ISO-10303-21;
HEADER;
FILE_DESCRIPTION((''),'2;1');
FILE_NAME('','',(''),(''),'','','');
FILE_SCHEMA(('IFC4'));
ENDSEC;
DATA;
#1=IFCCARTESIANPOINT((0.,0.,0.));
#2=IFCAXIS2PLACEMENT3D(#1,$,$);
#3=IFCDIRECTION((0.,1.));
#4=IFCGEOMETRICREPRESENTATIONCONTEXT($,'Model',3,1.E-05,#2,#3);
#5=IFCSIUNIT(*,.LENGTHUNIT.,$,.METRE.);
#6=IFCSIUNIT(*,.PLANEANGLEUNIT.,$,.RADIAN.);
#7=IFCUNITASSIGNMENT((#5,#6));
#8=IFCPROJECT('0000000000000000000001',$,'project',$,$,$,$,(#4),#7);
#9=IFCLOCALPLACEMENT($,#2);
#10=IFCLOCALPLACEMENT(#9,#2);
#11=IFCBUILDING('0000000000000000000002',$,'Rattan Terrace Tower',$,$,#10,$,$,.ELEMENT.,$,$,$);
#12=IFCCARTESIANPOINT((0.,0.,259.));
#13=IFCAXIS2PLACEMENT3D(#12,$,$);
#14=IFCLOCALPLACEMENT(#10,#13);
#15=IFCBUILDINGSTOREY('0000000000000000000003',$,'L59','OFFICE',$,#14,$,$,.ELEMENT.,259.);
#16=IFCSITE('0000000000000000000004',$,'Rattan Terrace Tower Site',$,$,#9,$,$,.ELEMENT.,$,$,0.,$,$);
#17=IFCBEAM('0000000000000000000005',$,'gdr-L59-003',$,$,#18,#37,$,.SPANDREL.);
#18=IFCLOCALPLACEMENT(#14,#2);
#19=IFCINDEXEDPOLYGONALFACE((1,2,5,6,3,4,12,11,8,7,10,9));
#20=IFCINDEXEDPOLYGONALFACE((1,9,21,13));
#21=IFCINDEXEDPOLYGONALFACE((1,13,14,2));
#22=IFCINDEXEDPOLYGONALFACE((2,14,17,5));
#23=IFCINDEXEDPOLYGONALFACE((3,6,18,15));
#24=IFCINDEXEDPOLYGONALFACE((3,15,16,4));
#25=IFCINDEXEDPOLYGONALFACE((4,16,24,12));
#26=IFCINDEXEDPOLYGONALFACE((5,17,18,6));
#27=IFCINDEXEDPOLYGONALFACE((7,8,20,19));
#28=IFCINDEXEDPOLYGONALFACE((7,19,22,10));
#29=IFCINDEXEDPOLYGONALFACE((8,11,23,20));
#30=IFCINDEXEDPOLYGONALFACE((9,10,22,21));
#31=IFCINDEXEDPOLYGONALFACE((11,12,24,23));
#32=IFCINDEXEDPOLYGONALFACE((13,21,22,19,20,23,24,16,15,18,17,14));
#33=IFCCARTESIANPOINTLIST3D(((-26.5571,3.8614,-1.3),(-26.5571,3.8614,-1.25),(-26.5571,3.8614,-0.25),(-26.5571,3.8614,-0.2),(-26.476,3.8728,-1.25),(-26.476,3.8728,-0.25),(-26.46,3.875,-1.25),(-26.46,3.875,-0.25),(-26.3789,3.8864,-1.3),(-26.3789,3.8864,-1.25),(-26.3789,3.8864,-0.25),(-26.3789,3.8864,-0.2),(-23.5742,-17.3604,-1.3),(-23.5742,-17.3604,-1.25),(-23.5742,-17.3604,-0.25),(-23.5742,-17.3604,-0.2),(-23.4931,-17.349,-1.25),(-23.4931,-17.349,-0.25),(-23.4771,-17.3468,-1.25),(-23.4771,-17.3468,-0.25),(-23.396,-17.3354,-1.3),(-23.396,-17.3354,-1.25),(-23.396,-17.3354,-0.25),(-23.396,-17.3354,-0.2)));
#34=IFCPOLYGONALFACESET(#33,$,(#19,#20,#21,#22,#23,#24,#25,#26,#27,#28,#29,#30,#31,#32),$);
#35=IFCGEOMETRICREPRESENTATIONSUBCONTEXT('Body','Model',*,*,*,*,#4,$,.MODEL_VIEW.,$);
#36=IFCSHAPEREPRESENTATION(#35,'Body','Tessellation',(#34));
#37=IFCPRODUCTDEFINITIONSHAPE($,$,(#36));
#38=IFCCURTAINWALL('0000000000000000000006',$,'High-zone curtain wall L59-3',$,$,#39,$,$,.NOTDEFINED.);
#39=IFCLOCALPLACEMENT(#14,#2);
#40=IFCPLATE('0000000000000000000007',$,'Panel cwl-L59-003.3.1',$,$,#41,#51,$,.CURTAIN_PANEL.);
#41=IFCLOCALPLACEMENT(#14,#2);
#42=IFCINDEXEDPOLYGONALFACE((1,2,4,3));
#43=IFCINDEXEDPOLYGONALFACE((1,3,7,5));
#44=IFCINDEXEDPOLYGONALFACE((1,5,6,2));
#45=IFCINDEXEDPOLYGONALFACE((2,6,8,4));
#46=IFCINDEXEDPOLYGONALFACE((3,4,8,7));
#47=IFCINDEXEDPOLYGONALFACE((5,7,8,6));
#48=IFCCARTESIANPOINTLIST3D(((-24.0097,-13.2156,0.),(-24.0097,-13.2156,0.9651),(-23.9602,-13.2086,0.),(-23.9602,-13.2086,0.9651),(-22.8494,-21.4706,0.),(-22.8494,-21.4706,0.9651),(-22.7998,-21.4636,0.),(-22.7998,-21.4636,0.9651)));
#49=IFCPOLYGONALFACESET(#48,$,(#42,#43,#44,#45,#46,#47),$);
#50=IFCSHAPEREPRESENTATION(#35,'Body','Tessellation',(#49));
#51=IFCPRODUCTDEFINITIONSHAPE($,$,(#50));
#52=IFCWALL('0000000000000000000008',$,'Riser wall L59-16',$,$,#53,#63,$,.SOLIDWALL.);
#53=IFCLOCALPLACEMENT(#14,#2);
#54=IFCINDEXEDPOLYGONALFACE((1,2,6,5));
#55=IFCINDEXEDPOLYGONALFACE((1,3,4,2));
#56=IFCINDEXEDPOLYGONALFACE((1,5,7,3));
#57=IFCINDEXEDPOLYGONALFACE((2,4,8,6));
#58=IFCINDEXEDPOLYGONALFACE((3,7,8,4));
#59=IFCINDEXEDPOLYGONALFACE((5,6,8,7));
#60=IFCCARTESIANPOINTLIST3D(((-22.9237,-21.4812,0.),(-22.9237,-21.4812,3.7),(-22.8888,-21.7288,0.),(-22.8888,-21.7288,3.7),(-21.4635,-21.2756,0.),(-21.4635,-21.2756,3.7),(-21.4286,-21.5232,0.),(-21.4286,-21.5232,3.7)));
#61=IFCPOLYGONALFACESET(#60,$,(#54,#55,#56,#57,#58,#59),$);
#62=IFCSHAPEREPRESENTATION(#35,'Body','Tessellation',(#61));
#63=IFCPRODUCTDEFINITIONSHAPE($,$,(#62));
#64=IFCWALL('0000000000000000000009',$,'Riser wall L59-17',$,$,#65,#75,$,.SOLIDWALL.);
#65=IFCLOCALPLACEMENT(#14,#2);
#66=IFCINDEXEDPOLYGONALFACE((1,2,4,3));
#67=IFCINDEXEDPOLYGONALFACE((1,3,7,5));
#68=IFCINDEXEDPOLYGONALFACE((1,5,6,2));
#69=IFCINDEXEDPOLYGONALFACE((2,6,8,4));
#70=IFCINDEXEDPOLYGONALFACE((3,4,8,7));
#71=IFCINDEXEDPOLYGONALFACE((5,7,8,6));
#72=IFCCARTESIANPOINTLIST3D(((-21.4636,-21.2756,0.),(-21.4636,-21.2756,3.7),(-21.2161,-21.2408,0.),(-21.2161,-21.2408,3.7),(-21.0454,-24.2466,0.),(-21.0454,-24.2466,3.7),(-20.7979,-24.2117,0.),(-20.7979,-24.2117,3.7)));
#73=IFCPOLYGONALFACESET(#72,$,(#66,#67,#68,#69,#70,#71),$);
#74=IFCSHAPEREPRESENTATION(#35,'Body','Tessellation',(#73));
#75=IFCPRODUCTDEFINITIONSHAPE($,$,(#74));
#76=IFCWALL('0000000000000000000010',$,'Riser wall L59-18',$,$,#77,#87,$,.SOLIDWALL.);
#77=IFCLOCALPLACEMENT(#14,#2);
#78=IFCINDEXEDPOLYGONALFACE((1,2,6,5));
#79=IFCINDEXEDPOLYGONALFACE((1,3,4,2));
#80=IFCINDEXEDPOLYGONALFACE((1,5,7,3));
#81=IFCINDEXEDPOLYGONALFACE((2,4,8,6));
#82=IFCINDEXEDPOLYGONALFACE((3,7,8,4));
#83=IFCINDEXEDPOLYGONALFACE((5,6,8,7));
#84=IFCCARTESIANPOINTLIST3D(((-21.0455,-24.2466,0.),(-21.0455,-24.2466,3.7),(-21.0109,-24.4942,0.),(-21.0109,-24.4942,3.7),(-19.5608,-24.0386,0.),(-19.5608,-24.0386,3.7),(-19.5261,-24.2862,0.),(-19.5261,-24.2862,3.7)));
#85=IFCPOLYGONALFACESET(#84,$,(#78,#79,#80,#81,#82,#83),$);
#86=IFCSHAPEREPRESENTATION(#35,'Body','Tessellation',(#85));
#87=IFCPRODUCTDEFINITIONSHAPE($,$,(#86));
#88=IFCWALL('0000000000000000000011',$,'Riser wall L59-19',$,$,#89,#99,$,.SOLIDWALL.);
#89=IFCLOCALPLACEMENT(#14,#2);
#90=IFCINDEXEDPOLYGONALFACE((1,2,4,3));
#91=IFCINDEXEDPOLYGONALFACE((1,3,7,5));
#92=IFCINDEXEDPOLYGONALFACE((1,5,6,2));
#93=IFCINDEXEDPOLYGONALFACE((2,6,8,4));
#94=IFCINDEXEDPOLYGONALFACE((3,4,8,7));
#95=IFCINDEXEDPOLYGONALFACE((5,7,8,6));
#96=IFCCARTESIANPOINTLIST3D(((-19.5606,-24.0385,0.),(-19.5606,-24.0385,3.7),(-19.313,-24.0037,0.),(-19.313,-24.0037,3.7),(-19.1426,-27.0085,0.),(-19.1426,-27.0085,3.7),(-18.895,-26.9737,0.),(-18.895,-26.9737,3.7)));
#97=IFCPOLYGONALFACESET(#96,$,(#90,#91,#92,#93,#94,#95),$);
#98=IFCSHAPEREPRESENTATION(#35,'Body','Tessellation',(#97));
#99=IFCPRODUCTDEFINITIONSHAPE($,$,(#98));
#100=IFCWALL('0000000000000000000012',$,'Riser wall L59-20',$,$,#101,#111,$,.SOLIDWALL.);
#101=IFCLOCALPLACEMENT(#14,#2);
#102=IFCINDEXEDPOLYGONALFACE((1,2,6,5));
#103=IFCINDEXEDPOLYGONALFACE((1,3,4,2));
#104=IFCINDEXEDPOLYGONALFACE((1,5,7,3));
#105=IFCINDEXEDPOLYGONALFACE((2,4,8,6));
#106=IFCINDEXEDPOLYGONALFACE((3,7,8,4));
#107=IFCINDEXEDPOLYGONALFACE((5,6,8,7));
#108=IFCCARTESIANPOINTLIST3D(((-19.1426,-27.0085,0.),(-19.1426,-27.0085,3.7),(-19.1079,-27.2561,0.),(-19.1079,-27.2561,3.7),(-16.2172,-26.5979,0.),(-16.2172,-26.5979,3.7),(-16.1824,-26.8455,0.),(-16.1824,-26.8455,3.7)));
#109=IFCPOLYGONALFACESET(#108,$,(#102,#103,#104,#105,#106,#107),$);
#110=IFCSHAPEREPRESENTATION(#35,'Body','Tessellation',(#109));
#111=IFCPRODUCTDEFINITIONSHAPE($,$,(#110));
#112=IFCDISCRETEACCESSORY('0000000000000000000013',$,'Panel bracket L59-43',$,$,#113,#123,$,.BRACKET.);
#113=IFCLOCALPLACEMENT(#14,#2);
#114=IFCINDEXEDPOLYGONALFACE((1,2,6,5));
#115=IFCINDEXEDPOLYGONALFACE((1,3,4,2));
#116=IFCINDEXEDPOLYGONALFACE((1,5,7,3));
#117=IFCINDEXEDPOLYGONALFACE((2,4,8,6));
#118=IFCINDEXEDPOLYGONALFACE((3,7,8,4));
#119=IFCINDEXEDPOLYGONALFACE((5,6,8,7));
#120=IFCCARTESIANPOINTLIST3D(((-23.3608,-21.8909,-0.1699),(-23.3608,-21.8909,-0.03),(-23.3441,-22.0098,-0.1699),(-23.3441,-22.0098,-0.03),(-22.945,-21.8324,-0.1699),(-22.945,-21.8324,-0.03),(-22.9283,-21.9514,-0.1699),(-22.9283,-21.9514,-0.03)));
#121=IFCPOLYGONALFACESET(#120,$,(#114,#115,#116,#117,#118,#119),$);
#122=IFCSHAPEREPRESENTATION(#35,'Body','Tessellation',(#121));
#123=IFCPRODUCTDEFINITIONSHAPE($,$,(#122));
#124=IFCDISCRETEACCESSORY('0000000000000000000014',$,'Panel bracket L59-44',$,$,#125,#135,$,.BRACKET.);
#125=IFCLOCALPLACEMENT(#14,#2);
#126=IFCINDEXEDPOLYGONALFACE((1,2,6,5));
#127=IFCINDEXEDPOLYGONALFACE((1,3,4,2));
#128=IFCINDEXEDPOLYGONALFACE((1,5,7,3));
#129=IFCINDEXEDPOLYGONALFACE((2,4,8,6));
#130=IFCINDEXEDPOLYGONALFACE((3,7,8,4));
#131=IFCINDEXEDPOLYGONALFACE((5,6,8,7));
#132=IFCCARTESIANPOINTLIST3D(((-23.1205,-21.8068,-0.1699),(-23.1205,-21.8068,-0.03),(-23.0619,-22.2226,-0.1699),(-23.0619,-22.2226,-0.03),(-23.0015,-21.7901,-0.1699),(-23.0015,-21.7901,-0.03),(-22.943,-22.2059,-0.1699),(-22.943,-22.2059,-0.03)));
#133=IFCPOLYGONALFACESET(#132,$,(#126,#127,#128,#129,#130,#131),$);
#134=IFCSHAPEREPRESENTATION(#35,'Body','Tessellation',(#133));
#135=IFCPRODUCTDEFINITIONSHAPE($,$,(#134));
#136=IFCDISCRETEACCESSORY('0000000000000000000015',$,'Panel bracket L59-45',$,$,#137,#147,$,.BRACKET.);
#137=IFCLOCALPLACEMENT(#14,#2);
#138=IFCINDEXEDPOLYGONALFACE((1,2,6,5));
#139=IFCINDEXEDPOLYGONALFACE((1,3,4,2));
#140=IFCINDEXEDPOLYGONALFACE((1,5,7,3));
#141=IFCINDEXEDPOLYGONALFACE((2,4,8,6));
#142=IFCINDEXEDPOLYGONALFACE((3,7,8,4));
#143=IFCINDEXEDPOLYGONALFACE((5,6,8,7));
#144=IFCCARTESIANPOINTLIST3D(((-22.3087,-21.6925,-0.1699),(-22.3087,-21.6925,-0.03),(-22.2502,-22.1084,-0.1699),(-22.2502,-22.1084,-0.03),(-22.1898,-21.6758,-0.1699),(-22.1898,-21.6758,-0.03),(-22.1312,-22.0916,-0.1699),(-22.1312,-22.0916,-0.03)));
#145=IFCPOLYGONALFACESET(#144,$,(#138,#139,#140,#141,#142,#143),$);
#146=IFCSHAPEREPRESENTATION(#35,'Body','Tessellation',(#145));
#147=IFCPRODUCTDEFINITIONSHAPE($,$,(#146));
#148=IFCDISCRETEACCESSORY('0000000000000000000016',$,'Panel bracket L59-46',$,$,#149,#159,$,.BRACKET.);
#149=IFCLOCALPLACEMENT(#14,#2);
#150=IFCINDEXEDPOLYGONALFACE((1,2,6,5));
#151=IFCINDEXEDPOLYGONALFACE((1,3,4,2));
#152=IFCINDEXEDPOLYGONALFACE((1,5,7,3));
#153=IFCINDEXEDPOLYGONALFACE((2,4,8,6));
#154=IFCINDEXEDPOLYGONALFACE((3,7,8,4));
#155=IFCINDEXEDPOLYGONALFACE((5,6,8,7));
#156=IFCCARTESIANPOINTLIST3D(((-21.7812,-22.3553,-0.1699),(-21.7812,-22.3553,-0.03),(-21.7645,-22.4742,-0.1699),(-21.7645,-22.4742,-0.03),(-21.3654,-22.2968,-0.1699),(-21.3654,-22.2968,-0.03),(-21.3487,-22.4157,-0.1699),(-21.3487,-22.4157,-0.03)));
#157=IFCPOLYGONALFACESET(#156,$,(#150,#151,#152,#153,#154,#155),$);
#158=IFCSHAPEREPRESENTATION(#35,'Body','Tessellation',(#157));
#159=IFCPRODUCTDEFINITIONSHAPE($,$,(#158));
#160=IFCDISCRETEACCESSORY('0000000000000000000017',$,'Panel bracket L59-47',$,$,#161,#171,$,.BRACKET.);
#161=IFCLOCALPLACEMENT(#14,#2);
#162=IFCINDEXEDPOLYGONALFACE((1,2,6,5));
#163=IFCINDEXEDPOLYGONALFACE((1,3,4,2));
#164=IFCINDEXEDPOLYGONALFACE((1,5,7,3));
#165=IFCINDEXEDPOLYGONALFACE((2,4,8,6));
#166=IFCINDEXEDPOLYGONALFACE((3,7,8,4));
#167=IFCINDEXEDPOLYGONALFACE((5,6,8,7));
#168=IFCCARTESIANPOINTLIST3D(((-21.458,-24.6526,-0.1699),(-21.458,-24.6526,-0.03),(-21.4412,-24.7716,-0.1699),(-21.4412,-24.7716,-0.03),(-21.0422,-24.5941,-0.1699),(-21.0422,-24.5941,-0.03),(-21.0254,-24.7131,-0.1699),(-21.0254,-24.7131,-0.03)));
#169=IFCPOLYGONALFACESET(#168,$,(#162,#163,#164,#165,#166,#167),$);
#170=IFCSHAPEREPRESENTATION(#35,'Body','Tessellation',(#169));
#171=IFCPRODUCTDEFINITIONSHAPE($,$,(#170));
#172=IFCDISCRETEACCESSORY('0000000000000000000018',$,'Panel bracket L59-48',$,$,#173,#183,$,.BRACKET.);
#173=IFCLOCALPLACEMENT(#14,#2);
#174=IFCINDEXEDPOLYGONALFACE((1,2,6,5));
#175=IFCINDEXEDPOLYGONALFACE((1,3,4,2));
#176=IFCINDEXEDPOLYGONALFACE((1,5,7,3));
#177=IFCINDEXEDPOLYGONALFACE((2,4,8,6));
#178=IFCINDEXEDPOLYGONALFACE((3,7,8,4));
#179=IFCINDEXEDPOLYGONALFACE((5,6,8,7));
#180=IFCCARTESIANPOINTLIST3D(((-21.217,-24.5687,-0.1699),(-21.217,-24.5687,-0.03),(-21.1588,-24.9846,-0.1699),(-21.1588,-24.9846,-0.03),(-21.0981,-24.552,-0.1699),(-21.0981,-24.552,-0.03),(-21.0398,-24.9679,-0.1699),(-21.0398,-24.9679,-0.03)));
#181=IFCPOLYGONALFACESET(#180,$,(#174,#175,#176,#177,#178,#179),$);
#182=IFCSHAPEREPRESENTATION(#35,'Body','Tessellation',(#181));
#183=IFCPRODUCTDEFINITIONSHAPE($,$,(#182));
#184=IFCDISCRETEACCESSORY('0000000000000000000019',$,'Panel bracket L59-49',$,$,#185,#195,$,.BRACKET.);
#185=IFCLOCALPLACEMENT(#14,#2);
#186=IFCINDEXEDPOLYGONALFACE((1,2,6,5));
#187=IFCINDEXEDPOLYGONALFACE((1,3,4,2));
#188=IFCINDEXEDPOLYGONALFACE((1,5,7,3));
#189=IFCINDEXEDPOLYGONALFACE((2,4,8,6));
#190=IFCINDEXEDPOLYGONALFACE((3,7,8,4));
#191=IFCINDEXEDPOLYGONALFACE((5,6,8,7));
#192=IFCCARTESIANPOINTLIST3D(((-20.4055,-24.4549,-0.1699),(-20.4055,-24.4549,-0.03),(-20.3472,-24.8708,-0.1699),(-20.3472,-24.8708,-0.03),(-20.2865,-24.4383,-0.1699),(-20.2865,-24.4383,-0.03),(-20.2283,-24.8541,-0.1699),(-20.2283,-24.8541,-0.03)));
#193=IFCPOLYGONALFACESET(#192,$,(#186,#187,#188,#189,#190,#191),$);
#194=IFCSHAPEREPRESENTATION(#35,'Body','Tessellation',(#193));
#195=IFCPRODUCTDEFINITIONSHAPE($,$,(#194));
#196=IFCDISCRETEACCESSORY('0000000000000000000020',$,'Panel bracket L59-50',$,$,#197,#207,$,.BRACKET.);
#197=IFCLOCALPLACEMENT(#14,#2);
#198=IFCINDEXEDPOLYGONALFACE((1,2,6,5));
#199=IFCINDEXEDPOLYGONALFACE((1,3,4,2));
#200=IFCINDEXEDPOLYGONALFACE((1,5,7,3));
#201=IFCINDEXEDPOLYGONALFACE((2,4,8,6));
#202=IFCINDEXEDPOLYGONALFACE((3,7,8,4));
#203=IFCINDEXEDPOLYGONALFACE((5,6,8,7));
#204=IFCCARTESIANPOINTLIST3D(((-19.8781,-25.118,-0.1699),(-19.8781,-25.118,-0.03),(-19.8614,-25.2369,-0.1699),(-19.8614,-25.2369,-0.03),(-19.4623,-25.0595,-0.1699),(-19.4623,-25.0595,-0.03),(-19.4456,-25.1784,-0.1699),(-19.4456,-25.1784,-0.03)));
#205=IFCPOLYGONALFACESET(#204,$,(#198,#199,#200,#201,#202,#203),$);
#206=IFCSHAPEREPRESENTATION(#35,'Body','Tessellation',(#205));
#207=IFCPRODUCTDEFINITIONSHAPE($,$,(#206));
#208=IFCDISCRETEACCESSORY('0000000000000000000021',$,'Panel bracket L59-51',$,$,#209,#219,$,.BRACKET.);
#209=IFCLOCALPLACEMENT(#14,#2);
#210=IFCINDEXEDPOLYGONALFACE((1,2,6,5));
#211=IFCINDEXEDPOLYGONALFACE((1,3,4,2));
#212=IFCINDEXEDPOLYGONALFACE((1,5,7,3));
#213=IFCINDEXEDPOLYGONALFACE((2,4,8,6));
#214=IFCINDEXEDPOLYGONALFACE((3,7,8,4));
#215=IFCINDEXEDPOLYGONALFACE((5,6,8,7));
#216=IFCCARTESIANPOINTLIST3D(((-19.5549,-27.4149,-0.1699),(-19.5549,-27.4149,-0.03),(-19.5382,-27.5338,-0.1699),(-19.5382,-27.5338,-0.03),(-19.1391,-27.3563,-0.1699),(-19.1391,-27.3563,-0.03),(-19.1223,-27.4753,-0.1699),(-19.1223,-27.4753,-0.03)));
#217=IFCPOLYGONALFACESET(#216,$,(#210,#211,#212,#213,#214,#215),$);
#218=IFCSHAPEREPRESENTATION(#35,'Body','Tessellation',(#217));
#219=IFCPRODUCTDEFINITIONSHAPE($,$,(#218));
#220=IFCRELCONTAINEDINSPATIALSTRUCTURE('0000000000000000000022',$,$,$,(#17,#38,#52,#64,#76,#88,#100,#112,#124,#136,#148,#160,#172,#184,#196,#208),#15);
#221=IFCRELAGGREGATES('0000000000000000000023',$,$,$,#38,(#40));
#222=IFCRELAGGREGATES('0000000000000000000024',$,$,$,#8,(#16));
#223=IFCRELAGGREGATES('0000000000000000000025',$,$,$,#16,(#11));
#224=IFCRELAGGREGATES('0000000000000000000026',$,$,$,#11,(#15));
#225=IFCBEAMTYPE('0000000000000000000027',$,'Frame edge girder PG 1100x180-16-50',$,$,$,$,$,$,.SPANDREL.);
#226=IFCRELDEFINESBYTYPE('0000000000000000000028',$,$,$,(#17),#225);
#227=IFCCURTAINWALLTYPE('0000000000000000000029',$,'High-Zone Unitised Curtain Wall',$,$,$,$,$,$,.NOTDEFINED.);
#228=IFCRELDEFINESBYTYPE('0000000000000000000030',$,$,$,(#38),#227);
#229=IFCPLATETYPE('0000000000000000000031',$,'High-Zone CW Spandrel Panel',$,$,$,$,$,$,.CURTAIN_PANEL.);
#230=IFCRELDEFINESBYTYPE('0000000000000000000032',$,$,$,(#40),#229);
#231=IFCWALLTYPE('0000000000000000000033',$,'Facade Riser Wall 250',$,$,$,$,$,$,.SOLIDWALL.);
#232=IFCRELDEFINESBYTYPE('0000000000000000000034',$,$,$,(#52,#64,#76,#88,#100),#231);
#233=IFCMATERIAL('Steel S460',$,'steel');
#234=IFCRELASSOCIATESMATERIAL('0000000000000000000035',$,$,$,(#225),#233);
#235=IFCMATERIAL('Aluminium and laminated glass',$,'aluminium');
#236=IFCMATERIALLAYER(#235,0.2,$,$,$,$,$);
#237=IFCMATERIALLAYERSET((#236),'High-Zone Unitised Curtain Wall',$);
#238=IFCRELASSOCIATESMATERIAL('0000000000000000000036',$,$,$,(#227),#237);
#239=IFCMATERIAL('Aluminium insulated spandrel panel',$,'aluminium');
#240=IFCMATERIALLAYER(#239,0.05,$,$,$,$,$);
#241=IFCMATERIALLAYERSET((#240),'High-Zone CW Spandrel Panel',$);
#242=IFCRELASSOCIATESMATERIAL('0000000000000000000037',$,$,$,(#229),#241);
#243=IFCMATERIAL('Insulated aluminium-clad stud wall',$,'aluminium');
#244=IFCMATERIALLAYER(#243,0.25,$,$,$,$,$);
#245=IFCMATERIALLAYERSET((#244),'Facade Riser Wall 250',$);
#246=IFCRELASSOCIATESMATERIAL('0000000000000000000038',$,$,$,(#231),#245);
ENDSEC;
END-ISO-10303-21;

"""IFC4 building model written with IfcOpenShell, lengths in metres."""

from ifc_helpers import new_model, si_unit, direction, frame, frame_2d, origin, origin_2d, place, context, subcontext, project, spatial, rectangle, i_section, extrude, material, layer, layer_set, material_profile, profile_set, type_object, element, aggregate, save


model = new_model("IFC4")

# Units and contexts
model_context = context("Model", 3, precision=1e-05, world=origin(), true_north=direction((0.0, 1.0)))
body_context = subcontext(model_context, "Body", "Model", "MODEL_VIEW")
ifc_project = project(units=[si_unit("LENGTHUNIT", "METRE"), si_unit("PLANEANGLEUNIT", "RADIAN")], contexts=[model_context])

# Site, building, storey
site_placement = place(None, origin())
site = spatial("IfcSite", under=ifc_project, at=site_placement, Name="Rattan Terrace Tower Site", CompositionType="ELEMENT", RefElevation=0.0)
building_placement = place(site_placement, origin())
building = spatial("IfcBuilding", under=site, at=building_placement, Name="Rattan Terrace Tower", CompositionType="ELEMENT")
storey_placement = place(building_placement, frame((0.0, 0.0, 259.0)))
storey = spatial("IfcBuildingStorey", under=building, at=storey_placement, Name="L59", Description="OFFICE", CompositionType="ELEMENT", Elevation=259.0)

# Beam
ifc_material_1 = material(Name="Steel S460", Category="steel")
ifc_material_profile = material_profile(ifc_material_1, i_section(OverallWidth=0.1799, OverallDepth=1.1001, WebThickness=0.0161, FlangeThickness=0.05, at=origin_2d()), Name="PG 1100x180-16-50")
ifc_profile_set = profile_set([ifc_material_profile], Name="Steel S460")
beam_type = type_object("IfcBeamType", Name="Frame edge girder PG 1100x180-16-50", PredefinedType="SPANDREL", material=ifc_profile_set)
beam_placement = place(storey_placement, frame((-23.4851, -17.3479, -0.75), z_axis=(-0.13919, 0.990266, 0.0), x_axis=(-0.990266, -0.13919, 0.0)))
element("IfcBeam", 1, at=beam_placement, inside=storey, type_object=beam_type, Name="gdr-L59-003", PredefinedType="SPANDREL", context=body_context, shape_type="SweptSolid", body=[
    extrude(i_section(OverallWidth=0.1799, OverallDepth=1.1001, WebThickness=0.0161, FlangeThickness=0.05, at=origin_2d()), origin(), (0.0, 0.0, 1.0), 21.4304),
])

# Curtain wall, plate
ifc_material_2 = material(Name="Aluminium and laminated glass", Category="aluminium")
ifc_layer_1 = layer(ifc_material_2, 0.2)
ifc_layer_set_1 = layer_set([ifc_layer_1], Name="High-Zone Unitised Curtain Wall")
curtain_wall_type = type_object("IfcCurtainWallType", Name="High-Zone Unitised Curtain Wall", PredefinedType="NOTDEFINED", material=ifc_layer_set_1)
curtain_wall_placement = place(storey_placement, origin())
curtain_wall = element("IfcCurtainWall", 2, at=curtain_wall_placement, inside=storey, type_object=curtain_wall_type, Name="High-zone curtain wall L59-3", PredefinedType="NOTDEFINED")
ifc_material_3 = material(Name="Aluminium insulated spandrel panel", Category="aluminium")
ifc_layer_2 = layer(ifc_material_3, 0.05)
ifc_layer_set_2 = layer_set([ifc_layer_2], Name="High-Zone CW Spandrel Panel")
plate_type = type_object("IfcPlateType", Name="High-Zone CW Spandrel Panel", PredefinedType="CURTAIN_PANEL", material=ifc_layer_set_2)
plate_placement = place(storey_placement, frame((-23.4048, -17.3396, 0.0), z_axis=(0.0, 0.0, 1.0), x_axis=(0.139192, -0.990265, 0.0)))
plate = element("IfcPlate", 3, at=plate_placement, type_object=plate_type, Name="Panel cwl-L59-003.3.1", PredefinedType="CURTAIN_PANEL", context=body_context, shape_type="SweptSolid", body=[
    extrude(rectangle(XDim=8.3362, YDim=0.05, at=origin_2d()), origin(), (0.0, 0.0, 1.0), 0.9651),
])
aggregate(curtain_wall, [plate])

# Walls
ifc_material_4 = material(Name="Insulated aluminium-clad stud wall", Category="aluminium")
ifc_layer_3 = layer(ifc_material_4, 0.25)
ifc_layer_set_3 = layer_set([ifc_layer_3], Name="Facade Riser Wall 250")
wall_type = type_object("IfcWallType", Name="Facade Riser Wall 250", PredefinedType="SOLIDWALL", material=ifc_layer_set_3)
wall_1_placement = place(storey_placement, frame((-22.9062, -21.605, 0.0), z_axis=(0.0, 0.0, 1.0), x_axis=(0.990236, 0.139404, 0.0)))
element("IfcWall", 4, at=wall_1_placement, inside=storey, type_object=wall_type, Name="Riser wall L59-16", PredefinedType="SOLIDWALL", context=body_context, shape_type="SweptSolid", body=[
    extrude(rectangle(XDim=1.4746, YDim=0.25, at=frame_2d((0.7373, 0.0))), origin(), (0.0, 0.0, 1.0), 3.7),
])
wall_2_placement = place(storey_placement, frame((-21.3398, -21.2583, 0.0), z_axis=(0.0, 0.0, 1.0), x_axis=(0.139393, -0.990237, 0.0)))
element("IfcWall", 5, at=wall_2_placement, inside=storey, type_object=wall_type, Name="Riser wall L59-17", PredefinedType="SOLIDWALL", context=body_context, shape_type="SweptSolid", body=[
    extrude(rectangle(XDim=3.0002, YDim=0.25, at=frame_2d((1.5, 0.0))), origin(), (0.0, 0.0, 1.0), 3.7),
])
wall_3_placement = place(storey_placement, frame((-21.0281, -24.3704, 0.0), z_axis=(0.0, 0.0, 1.0), x_axis=(0.99033, 0.138731, 0.0)))
element("IfcWall", 6, at=wall_3_placement, inside=storey, type_object=wall_type, Name="Riser wall L59-18", PredefinedType="SOLIDWALL", context=body_context, shape_type="SweptSolid", body=[
    extrude(rectangle(XDim=1.4993, YDim=0.25, at=frame_2d((0.7495, 0.0))), origin(), (0.0, 0.0, 1.0), 3.7),
])
wall_4_placement = place(storey_placement, frame((-19.4368, -24.0212, 0.0), z_axis=(0.0, 0.0, 1.0), x_axis=(0.139358, -0.990242, 0.0)))
element("IfcWall", 7, at=wall_4_placement, inside=storey, type_object=wall_type, Name="Riser wall L59-19", PredefinedType="SOLIDWALL", context=body_context, shape_type="SweptSolid", body=[
    extrude(rectangle(XDim=2.9993, YDim=0.25, at=frame_2d((1.4995, 0.0))), origin(), (0.0, 0.0, 1.0), 3.7),
])
wall_5_placement = place(storey_placement, frame((-19.1252, -27.1323, 0.0), z_axis=(0.0, 0.0, 1.0), x_axis=(0.990292, 0.139003, 0.0)))
element("IfcWall", 8, at=wall_5_placement, inside=storey, type_object=wall_type, Name="Riser wall L59-20", PredefinedType="SOLIDWALL", context=body_context, shape_type="SweptSolid", body=[
    extrude(rectangle(XDim=2.9541, YDim=0.25, at=frame_2d((1.4771, 0.0))), origin(), (0.0, 0.0, 1.0), 3.7),
])

# Discrete accessories
for number, where, z_axis, x_axis, name in (
    (9, (-23.1445, -21.9211, -0.1699), (0.0, 0.0, 1.0), (0.139192, -0.990265, 0.0), "Panel bracket L59-43"),
    (10, (-23.0317, -22.0063, -0.1699), (0.0, 0.0, 1.0), (0.990241, 0.139367, 0.0), "Panel bracket L59-44"),
    (11, (-22.22, -21.8921, -0.1699), (0.0, 0.0, 1.0), (0.990241, 0.139367, 0.0), "Panel bracket L59-45"),
    (12, (-21.5649, -22.3855, -0.1699), (0.0, 0.0, 1.0), (0.139321, -0.990247, 0.0), "Panel bracket L59-46"),
    (13, (-21.2417, -24.6829, -0.1699), (0.0, 0.0, 1.0), (0.139321, -0.990247, 0.0), "Panel bracket L59-47"),
    (14, (-21.1284, -24.7683, -0.1699), (0.0, 0.0, 1.0), (0.990333, 0.138713, 0.0), "Panel bracket L59-48"),
    (15, (-20.3169, -24.6545, -0.1699), (0.0, 0.0, 1.0), (0.990333, 0.138713, 0.0), "Panel bracket L59-49"),
    (16, (-19.6619, -25.1482, -0.1699), (0.0, 0.0, 1.0), (0.139367, -0.990241, 0.0), "Panel bracket L59-50"),
    (17, (-19.3386, -27.4451, -0.1699), (0.0, 0.0, 1.0), (0.139367, -0.990241, 0.0), "Panel bracket L59-51"),
):
    element("IfcDiscreteAccessory", number, at=place(storey_placement, frame(where, z_axis=z_axis, x_axis=x_axis)), inside=storey, Name=name, PredefinedType="BRACKET", context=body_context, shape_type="SweptSolid", body=[
        extrude(rectangle(XDim=0.1201, YDim=0.4199, at=origin_2d()), origin(), (0.0, 0.0, 1.0), 0.1399),
    ])

save(model, "model.ifc")
